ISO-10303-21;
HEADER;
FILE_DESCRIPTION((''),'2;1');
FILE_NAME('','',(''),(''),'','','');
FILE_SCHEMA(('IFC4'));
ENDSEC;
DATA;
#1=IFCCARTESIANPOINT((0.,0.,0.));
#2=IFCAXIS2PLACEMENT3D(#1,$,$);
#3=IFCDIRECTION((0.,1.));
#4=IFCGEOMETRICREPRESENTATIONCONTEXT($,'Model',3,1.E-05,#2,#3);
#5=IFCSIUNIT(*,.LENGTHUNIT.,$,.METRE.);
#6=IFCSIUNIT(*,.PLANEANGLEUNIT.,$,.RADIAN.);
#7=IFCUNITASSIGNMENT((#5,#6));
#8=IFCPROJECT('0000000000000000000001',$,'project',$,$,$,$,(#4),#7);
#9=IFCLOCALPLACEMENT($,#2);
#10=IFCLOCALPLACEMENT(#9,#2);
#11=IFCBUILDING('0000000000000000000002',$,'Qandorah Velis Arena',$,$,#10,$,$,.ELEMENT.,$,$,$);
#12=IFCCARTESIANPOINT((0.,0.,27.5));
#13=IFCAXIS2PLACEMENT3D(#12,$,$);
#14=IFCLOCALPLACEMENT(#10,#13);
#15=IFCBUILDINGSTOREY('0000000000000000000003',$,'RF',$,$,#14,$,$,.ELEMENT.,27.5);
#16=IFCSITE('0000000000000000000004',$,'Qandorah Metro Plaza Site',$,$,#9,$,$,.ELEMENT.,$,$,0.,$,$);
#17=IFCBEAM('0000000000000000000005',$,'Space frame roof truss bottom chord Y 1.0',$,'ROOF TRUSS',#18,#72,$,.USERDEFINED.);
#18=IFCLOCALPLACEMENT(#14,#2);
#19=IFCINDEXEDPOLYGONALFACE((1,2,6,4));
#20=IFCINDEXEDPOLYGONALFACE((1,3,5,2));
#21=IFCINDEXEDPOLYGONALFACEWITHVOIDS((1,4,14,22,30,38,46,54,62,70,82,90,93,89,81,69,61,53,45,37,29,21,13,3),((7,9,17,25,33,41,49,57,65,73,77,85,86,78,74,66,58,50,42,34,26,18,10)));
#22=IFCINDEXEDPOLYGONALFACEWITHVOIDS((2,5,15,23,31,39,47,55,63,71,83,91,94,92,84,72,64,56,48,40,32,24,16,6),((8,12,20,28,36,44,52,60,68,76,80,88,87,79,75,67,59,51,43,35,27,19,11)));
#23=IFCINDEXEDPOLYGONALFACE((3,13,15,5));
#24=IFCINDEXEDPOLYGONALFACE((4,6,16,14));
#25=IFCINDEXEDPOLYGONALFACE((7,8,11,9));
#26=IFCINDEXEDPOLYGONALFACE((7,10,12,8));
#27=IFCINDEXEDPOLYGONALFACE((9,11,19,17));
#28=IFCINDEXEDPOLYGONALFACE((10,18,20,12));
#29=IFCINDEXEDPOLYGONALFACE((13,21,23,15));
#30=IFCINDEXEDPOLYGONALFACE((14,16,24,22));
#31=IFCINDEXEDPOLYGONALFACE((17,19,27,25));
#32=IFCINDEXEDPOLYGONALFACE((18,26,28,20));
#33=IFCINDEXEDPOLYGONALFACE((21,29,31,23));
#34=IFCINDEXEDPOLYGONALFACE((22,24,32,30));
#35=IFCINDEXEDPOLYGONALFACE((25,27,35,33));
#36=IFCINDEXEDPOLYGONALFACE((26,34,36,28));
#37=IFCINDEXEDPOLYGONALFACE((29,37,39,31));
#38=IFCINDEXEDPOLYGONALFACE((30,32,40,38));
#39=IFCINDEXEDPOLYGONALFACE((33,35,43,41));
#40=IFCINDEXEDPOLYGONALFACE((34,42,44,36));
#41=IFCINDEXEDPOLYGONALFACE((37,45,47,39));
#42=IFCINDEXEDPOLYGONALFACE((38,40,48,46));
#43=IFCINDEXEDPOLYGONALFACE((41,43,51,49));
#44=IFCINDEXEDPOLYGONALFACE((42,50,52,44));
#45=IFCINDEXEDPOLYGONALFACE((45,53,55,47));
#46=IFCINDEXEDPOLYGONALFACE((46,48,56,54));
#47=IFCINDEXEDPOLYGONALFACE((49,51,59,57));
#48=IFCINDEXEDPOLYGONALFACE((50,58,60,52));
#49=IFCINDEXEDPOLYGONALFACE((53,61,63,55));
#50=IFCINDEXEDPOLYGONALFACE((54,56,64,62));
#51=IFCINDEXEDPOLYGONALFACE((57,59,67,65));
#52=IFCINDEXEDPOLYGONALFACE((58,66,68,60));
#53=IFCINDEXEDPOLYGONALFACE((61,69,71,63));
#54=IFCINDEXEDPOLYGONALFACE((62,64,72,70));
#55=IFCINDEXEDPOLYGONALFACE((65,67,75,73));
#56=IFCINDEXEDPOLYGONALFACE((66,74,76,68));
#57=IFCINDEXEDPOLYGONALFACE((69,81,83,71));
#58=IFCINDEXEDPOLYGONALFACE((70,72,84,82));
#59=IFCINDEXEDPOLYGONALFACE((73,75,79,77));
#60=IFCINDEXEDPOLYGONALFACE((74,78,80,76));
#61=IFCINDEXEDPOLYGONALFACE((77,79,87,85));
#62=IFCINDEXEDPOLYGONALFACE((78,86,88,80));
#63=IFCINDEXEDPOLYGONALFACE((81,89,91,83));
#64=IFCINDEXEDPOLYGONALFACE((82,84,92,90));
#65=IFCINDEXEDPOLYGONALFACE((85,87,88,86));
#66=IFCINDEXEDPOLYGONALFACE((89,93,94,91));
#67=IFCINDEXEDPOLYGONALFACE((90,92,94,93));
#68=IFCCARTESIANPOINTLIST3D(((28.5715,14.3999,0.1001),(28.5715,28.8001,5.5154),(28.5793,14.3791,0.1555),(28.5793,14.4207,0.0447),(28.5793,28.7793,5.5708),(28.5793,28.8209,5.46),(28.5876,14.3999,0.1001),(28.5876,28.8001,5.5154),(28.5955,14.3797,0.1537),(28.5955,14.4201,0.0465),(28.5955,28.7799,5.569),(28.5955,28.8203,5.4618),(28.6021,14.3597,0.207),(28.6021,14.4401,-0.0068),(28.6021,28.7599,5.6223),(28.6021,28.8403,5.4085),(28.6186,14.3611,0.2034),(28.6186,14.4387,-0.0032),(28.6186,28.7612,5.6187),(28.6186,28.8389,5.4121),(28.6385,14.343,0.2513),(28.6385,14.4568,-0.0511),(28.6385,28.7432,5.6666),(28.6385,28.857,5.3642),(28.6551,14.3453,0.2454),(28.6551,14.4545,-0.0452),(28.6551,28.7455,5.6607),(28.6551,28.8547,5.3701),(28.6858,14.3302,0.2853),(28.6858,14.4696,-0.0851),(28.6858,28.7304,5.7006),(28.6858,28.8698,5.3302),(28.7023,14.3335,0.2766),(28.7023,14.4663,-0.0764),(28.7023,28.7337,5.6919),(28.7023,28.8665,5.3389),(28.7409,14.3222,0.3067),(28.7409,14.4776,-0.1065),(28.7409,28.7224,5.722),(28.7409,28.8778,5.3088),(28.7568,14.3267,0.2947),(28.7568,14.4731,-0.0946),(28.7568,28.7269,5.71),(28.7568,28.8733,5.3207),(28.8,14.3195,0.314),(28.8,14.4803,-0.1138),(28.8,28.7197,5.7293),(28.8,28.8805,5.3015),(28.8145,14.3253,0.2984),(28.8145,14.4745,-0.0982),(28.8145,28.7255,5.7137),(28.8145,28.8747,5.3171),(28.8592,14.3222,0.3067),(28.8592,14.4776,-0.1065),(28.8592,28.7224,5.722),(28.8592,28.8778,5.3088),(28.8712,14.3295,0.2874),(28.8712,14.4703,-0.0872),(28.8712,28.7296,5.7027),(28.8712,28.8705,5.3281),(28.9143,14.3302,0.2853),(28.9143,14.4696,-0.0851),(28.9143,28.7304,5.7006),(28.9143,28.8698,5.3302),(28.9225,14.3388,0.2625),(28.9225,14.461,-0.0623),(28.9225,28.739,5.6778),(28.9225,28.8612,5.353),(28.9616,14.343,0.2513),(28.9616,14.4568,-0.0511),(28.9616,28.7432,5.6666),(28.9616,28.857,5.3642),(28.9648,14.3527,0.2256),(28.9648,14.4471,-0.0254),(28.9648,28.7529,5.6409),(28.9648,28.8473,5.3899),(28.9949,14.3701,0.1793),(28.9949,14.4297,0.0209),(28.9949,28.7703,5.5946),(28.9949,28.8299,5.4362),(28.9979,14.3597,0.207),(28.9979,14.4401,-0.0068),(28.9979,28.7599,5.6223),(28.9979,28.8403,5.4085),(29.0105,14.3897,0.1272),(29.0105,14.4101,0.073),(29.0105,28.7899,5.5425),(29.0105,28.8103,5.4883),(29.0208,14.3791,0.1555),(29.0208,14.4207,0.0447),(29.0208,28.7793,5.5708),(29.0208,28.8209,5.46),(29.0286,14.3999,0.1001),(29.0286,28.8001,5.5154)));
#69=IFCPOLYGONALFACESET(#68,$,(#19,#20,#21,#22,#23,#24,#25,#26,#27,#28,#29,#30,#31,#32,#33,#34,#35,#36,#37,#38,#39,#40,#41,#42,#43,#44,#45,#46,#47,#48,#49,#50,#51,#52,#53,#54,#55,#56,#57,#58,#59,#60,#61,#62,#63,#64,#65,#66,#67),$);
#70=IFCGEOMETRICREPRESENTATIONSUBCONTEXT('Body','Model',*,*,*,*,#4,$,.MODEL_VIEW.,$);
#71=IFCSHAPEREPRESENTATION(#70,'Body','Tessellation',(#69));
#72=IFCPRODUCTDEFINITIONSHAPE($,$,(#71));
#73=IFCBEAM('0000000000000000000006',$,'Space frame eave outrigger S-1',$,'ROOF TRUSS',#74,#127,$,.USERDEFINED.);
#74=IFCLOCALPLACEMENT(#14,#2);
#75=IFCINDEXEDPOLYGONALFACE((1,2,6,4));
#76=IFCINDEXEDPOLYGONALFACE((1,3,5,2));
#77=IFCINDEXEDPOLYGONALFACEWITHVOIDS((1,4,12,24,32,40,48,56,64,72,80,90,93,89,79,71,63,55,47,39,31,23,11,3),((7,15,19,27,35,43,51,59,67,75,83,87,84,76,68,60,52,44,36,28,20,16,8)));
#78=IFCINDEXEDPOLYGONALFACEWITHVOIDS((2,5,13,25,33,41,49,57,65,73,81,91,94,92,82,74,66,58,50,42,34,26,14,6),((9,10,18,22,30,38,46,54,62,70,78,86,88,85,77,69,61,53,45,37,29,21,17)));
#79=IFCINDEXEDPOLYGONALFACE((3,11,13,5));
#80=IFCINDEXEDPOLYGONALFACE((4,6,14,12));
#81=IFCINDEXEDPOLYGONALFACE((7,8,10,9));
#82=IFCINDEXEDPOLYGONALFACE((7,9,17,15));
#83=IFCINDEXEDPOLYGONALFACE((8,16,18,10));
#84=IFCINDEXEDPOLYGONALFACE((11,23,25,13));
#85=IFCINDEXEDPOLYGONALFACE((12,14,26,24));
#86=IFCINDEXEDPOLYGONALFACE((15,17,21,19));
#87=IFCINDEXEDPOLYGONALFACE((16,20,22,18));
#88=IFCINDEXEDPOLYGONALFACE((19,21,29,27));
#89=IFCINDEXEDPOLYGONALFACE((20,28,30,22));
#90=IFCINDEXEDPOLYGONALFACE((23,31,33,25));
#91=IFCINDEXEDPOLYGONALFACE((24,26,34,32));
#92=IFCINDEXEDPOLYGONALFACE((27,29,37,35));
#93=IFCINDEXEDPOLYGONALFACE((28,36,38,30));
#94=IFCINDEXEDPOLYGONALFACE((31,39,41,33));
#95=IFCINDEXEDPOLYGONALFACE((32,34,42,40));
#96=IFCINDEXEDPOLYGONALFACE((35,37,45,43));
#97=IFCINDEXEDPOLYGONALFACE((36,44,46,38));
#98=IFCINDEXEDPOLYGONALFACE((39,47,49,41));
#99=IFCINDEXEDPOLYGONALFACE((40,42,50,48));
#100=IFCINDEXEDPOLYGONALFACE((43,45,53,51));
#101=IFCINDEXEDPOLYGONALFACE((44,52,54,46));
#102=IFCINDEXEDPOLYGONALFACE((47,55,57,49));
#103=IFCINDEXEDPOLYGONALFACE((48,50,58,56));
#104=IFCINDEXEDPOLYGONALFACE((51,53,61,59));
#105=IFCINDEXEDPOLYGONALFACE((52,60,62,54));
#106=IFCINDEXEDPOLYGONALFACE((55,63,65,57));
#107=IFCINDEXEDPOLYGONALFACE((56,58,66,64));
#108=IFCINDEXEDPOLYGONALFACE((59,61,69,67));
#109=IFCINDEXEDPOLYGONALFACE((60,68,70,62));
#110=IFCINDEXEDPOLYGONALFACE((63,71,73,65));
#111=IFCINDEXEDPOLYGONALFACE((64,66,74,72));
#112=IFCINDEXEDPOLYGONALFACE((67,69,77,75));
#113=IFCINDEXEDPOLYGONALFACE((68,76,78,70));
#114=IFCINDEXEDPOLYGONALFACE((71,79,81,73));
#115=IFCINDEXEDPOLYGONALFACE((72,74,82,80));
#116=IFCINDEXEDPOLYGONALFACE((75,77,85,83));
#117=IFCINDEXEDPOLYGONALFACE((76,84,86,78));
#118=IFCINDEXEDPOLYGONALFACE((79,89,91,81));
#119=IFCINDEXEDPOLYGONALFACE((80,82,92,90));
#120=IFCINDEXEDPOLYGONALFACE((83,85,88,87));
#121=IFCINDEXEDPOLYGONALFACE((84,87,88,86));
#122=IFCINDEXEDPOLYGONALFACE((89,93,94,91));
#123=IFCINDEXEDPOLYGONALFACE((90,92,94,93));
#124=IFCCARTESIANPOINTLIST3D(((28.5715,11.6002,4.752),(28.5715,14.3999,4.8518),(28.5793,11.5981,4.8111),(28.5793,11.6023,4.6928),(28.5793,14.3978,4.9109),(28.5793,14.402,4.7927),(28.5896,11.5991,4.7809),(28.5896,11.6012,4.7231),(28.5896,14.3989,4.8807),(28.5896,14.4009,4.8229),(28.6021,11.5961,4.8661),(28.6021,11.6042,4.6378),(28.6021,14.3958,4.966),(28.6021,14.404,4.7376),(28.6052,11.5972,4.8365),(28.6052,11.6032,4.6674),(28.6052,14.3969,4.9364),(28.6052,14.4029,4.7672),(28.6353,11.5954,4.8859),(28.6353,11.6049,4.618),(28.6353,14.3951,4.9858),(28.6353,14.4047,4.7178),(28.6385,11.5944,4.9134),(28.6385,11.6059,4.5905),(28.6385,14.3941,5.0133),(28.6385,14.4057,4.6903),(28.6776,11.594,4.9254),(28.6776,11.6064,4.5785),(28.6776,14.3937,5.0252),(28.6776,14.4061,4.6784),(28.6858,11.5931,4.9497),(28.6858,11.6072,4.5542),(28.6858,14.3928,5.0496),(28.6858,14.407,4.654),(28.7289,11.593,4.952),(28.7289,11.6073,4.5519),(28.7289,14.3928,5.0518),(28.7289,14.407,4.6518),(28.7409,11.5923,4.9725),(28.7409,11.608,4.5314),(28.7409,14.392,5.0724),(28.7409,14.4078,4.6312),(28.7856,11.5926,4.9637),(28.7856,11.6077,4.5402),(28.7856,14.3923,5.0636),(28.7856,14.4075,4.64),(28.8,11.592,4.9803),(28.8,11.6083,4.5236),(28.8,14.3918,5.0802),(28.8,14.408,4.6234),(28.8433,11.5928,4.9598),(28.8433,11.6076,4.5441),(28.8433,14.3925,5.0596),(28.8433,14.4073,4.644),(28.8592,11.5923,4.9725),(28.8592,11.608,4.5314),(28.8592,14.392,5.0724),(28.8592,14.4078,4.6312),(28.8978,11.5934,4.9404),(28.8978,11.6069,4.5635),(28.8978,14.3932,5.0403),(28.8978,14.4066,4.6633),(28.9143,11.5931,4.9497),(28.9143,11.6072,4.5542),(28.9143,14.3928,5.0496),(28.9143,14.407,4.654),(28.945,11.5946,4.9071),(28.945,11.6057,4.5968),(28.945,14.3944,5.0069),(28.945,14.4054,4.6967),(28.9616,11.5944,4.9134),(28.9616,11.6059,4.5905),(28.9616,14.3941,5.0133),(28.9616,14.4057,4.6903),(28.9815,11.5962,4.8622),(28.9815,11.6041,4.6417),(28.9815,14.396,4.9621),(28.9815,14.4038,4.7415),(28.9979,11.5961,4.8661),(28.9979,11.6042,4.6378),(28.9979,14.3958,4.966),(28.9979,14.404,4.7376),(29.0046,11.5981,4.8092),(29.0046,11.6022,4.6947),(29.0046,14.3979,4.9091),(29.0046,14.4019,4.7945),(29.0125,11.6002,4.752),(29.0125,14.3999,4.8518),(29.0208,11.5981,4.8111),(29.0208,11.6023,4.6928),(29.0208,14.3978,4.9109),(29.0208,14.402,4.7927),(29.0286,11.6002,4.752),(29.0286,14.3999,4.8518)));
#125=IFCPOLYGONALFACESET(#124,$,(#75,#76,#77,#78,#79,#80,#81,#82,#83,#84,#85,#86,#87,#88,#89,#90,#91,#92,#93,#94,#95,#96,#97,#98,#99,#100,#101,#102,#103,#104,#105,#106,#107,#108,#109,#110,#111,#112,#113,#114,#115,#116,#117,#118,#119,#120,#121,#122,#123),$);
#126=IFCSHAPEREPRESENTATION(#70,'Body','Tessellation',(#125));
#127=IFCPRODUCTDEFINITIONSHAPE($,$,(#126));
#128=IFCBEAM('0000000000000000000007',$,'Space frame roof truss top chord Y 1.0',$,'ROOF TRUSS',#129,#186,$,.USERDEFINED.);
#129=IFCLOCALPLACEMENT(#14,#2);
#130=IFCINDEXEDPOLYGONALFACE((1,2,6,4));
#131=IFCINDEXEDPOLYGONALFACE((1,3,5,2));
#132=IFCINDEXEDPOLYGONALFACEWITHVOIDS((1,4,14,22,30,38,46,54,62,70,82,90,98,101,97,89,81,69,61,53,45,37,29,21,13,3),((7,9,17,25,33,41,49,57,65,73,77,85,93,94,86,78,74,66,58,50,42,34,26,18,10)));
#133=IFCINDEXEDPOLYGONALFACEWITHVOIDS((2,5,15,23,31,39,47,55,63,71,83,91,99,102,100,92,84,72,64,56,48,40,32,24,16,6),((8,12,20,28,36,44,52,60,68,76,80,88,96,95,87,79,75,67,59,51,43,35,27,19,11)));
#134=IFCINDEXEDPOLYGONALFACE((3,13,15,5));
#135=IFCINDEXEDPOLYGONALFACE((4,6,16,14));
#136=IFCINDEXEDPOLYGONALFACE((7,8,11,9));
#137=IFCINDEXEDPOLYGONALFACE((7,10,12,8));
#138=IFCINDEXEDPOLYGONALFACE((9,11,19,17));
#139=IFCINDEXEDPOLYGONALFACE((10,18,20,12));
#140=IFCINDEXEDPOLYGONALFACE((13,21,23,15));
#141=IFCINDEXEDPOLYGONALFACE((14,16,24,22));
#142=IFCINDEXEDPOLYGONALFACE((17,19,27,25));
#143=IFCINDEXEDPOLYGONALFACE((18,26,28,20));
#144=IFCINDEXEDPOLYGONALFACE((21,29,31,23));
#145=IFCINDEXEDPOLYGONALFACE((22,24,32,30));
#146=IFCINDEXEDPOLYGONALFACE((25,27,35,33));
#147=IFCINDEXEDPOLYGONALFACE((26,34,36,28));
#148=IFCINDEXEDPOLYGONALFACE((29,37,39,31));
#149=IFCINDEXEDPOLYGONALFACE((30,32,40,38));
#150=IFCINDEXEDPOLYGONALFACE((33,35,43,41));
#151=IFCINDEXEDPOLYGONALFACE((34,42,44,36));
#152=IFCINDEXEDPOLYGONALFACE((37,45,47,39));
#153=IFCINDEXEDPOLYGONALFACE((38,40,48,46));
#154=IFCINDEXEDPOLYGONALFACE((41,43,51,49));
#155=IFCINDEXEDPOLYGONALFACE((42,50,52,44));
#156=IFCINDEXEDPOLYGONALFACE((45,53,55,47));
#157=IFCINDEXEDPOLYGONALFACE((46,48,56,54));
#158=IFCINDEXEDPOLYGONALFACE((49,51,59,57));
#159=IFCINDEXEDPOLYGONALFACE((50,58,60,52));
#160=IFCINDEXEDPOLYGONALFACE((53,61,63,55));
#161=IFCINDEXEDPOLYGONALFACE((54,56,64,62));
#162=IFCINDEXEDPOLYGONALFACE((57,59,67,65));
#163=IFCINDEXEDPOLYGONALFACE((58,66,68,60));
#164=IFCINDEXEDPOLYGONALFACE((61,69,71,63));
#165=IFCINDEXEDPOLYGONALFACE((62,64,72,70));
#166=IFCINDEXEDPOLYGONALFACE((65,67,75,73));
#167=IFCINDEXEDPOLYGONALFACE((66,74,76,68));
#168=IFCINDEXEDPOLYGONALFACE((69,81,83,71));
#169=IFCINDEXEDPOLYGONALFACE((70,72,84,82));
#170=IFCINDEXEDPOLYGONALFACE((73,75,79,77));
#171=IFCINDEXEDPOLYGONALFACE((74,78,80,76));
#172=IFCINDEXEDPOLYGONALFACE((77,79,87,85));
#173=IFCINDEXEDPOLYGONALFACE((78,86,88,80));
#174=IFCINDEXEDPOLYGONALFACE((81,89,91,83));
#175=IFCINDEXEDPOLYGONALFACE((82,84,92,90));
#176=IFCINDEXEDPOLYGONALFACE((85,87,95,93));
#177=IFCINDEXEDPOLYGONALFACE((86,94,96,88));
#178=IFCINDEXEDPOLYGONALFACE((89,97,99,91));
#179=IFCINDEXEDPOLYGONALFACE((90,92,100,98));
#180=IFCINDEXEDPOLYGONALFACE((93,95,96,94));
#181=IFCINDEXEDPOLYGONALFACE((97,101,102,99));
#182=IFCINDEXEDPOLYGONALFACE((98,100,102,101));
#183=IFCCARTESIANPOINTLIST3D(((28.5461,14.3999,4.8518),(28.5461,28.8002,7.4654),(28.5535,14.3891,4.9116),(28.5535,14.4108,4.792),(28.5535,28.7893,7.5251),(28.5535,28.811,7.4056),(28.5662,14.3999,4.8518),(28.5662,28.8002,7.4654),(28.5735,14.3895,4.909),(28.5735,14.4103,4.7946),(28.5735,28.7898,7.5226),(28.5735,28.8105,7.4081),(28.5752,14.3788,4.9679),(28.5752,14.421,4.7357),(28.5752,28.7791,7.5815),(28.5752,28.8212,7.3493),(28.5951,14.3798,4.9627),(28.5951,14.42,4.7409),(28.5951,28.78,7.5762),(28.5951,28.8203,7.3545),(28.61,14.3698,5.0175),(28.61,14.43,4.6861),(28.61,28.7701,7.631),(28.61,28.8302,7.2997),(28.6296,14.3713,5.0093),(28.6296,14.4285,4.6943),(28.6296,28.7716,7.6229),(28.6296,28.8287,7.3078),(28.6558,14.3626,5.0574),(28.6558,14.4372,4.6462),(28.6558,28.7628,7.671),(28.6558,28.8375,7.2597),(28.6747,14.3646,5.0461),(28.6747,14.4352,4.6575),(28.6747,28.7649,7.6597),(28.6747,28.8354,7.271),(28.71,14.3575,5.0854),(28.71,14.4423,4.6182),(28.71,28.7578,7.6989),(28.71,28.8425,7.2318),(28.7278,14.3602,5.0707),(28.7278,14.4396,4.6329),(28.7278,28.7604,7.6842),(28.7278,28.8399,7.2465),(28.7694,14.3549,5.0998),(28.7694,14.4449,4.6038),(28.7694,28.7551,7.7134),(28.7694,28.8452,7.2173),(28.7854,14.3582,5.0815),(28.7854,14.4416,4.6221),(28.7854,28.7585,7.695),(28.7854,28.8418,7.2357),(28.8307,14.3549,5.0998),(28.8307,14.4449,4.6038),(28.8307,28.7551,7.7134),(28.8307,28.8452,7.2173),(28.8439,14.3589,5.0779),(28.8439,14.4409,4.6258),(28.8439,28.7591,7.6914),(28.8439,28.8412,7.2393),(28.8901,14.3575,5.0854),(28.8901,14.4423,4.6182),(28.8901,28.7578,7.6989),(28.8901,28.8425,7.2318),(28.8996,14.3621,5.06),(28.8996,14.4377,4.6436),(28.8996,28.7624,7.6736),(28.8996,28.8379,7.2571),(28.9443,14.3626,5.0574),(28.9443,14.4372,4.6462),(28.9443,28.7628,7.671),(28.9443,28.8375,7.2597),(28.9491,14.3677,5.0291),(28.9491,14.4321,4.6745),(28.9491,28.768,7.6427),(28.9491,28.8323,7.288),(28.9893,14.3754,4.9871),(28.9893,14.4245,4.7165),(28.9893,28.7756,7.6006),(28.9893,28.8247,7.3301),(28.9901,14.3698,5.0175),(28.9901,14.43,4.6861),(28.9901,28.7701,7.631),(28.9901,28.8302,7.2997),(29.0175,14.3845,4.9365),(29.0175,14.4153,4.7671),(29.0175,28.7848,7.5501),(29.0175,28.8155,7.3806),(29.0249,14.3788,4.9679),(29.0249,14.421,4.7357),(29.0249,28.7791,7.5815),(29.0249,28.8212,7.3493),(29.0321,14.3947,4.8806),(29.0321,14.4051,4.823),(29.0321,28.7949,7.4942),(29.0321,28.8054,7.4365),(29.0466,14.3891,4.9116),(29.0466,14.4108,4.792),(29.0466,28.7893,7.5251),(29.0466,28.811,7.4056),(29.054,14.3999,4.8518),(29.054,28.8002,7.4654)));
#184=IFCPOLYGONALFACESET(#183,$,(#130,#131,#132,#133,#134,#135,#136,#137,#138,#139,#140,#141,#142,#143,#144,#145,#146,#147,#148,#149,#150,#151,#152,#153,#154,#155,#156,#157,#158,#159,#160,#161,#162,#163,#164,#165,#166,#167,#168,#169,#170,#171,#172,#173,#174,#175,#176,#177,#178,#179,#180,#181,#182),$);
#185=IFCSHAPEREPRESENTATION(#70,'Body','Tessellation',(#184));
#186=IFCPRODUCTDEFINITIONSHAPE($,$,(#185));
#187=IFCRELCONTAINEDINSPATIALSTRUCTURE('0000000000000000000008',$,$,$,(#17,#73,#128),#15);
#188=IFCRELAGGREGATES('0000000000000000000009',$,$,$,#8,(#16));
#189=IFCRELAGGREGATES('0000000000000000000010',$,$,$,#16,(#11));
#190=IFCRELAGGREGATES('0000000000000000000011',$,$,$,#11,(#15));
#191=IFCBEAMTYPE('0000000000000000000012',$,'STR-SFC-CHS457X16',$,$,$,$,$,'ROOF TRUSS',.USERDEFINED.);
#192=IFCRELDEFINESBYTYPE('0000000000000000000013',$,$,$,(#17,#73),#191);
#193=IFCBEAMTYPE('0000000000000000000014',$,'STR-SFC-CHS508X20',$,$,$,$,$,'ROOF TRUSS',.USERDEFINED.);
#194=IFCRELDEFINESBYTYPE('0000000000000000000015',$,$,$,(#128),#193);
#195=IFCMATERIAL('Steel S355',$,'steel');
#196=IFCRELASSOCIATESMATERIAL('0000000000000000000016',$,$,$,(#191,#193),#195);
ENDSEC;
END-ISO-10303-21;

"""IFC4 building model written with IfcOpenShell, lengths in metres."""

from ifc_helpers import new_model, si_unit, direction, frame, origin, origin_2d, place, context, subcontext, project, spatial, hollow_circle, extrude, material, material_profile, profile_set, type_object, element, save


model = new_model("IFC4")

# Units and contexts
model_context = context("Model", 3, precision=1e-05, world=origin(), true_north=direction((0.0, 1.0)))
body_context = subcontext(model_context, "Body", "Model", "MODEL_VIEW")
ifc_project = project(units=[si_unit("LENGTHUNIT", "METRE"), si_unit("PLANEANGLEUNIT", "RADIAN")], contexts=[model_context])

# Site, building, storey
site_placement = place(None, origin())
site = spatial("IfcSite", under=ifc_project, at=site_placement, Name="Qandorah Metro Plaza Site", CompositionType="ELEMENT", RefElevation=0.0)
building_placement = place(site_placement, origin())
building = spatial("IfcBuilding", under=site, at=building_placement, Name="Qandorah Velis Arena", CompositionType="ELEMENT")
storey_placement = place(building_placement, frame((0.0, 0.0, 27.5)))
storey = spatial("IfcBuildingStorey", under=building, at=storey_placement, Name="RF", CompositionType="ELEMENT", Elevation=27.5)

# Beams
ifc_material_1 = material(Name="Steel S355", Category="steel")
ifc_material_profile_1 = material_profile(ifc_material_1, hollow_circle(Radius=0.2285, WallThickness=0.0161, at=origin_2d()), Name="CHS 457x16")
ifc_profile_set_1 = profile_set([ifc_material_profile_1], Name="Steel S355")
beam_type_1 = type_object("IfcBeamType", Name="STR-SFC-CHS457X16", ElementType="ROOF TRUSS", PredefinedType="USERDEFINED", material=ifc_profile_set_1)
beam_1_placement = place(storey_placement, frame((28.8, 14.3999, 0.1001), z_axis=(0.0, 0.936003, 0.351991), x_axis=(-1.0, 0.0, 0.0)))
element("IfcBeam", 1, at=beam_1_placement, inside=storey, type_object=beam_type_1, Name="Space frame roof truss bottom chord Y 1.0", ObjectType="ROOF TRUSS", PredefinedType="USERDEFINED", context=body_context, shape_type="SweptSolid", body=[
    extrude(hollow_circle(Radius=0.2285, WallThickness=0.0161, at=origin_2d()), origin(), (0.0, 0.0, 1.0), 15.3848),
])
beam_2_placement = place(storey_placement, frame((28.8, 14.3999, 4.8518), z_axis=(0.0, -0.999365, -0.035642), x_axis=(1.0, 0.0, 0.0)))
element("IfcBeam", 2, at=beam_2_placement, inside=storey, type_object=beam_type_1, Name="Space frame eave outrigger S-1", ObjectType="ROOF TRUSS", PredefinedType="USERDEFINED", context=body_context, shape_type="SweptSolid", body=[
    extrude(hollow_circle(Radius=0.2285, WallThickness=0.0161, at=origin_2d()), origin(), (0.0, 0.0, 1.0), 2.8015),
])
ifc_material_profile_2 = material_profile(ifc_material_1, hollow_circle(Radius=0.2539, WallThickness=0.02, at=origin_2d()), Name="CHS 508x20")
ifc_profile_set_2 = profile_set([ifc_material_profile_2], Name="Steel S355")
beam_type_2 = type_object("IfcBeamType", Name="STR-SFC-CHS508X20", ElementType="ROOF TRUSS", PredefinedType="USERDEFINED", material=ifc_profile_set_2)
beam_3_placement = place(storey_placement, frame((28.8, 14.3999, 4.8518), z_axis=(0.0, 0.983926, 0.178576), x_axis=(-1.0, 0.0, 0.0)))
element("IfcBeam", 3, at=beam_3_placement, inside=storey, type_object=beam_type_2, Name="Space frame roof truss top chord Y 1.0", ObjectType="ROOF TRUSS", PredefinedType="USERDEFINED", context=body_context, shape_type="SweptSolid", body=[
    extrude(hollow_circle(Radius=0.2539, WallThickness=0.02, at=origin_2d()), origin(), (0.0, 0.0, 1.0), 14.6355),
])

save(model, "model.ifc")
